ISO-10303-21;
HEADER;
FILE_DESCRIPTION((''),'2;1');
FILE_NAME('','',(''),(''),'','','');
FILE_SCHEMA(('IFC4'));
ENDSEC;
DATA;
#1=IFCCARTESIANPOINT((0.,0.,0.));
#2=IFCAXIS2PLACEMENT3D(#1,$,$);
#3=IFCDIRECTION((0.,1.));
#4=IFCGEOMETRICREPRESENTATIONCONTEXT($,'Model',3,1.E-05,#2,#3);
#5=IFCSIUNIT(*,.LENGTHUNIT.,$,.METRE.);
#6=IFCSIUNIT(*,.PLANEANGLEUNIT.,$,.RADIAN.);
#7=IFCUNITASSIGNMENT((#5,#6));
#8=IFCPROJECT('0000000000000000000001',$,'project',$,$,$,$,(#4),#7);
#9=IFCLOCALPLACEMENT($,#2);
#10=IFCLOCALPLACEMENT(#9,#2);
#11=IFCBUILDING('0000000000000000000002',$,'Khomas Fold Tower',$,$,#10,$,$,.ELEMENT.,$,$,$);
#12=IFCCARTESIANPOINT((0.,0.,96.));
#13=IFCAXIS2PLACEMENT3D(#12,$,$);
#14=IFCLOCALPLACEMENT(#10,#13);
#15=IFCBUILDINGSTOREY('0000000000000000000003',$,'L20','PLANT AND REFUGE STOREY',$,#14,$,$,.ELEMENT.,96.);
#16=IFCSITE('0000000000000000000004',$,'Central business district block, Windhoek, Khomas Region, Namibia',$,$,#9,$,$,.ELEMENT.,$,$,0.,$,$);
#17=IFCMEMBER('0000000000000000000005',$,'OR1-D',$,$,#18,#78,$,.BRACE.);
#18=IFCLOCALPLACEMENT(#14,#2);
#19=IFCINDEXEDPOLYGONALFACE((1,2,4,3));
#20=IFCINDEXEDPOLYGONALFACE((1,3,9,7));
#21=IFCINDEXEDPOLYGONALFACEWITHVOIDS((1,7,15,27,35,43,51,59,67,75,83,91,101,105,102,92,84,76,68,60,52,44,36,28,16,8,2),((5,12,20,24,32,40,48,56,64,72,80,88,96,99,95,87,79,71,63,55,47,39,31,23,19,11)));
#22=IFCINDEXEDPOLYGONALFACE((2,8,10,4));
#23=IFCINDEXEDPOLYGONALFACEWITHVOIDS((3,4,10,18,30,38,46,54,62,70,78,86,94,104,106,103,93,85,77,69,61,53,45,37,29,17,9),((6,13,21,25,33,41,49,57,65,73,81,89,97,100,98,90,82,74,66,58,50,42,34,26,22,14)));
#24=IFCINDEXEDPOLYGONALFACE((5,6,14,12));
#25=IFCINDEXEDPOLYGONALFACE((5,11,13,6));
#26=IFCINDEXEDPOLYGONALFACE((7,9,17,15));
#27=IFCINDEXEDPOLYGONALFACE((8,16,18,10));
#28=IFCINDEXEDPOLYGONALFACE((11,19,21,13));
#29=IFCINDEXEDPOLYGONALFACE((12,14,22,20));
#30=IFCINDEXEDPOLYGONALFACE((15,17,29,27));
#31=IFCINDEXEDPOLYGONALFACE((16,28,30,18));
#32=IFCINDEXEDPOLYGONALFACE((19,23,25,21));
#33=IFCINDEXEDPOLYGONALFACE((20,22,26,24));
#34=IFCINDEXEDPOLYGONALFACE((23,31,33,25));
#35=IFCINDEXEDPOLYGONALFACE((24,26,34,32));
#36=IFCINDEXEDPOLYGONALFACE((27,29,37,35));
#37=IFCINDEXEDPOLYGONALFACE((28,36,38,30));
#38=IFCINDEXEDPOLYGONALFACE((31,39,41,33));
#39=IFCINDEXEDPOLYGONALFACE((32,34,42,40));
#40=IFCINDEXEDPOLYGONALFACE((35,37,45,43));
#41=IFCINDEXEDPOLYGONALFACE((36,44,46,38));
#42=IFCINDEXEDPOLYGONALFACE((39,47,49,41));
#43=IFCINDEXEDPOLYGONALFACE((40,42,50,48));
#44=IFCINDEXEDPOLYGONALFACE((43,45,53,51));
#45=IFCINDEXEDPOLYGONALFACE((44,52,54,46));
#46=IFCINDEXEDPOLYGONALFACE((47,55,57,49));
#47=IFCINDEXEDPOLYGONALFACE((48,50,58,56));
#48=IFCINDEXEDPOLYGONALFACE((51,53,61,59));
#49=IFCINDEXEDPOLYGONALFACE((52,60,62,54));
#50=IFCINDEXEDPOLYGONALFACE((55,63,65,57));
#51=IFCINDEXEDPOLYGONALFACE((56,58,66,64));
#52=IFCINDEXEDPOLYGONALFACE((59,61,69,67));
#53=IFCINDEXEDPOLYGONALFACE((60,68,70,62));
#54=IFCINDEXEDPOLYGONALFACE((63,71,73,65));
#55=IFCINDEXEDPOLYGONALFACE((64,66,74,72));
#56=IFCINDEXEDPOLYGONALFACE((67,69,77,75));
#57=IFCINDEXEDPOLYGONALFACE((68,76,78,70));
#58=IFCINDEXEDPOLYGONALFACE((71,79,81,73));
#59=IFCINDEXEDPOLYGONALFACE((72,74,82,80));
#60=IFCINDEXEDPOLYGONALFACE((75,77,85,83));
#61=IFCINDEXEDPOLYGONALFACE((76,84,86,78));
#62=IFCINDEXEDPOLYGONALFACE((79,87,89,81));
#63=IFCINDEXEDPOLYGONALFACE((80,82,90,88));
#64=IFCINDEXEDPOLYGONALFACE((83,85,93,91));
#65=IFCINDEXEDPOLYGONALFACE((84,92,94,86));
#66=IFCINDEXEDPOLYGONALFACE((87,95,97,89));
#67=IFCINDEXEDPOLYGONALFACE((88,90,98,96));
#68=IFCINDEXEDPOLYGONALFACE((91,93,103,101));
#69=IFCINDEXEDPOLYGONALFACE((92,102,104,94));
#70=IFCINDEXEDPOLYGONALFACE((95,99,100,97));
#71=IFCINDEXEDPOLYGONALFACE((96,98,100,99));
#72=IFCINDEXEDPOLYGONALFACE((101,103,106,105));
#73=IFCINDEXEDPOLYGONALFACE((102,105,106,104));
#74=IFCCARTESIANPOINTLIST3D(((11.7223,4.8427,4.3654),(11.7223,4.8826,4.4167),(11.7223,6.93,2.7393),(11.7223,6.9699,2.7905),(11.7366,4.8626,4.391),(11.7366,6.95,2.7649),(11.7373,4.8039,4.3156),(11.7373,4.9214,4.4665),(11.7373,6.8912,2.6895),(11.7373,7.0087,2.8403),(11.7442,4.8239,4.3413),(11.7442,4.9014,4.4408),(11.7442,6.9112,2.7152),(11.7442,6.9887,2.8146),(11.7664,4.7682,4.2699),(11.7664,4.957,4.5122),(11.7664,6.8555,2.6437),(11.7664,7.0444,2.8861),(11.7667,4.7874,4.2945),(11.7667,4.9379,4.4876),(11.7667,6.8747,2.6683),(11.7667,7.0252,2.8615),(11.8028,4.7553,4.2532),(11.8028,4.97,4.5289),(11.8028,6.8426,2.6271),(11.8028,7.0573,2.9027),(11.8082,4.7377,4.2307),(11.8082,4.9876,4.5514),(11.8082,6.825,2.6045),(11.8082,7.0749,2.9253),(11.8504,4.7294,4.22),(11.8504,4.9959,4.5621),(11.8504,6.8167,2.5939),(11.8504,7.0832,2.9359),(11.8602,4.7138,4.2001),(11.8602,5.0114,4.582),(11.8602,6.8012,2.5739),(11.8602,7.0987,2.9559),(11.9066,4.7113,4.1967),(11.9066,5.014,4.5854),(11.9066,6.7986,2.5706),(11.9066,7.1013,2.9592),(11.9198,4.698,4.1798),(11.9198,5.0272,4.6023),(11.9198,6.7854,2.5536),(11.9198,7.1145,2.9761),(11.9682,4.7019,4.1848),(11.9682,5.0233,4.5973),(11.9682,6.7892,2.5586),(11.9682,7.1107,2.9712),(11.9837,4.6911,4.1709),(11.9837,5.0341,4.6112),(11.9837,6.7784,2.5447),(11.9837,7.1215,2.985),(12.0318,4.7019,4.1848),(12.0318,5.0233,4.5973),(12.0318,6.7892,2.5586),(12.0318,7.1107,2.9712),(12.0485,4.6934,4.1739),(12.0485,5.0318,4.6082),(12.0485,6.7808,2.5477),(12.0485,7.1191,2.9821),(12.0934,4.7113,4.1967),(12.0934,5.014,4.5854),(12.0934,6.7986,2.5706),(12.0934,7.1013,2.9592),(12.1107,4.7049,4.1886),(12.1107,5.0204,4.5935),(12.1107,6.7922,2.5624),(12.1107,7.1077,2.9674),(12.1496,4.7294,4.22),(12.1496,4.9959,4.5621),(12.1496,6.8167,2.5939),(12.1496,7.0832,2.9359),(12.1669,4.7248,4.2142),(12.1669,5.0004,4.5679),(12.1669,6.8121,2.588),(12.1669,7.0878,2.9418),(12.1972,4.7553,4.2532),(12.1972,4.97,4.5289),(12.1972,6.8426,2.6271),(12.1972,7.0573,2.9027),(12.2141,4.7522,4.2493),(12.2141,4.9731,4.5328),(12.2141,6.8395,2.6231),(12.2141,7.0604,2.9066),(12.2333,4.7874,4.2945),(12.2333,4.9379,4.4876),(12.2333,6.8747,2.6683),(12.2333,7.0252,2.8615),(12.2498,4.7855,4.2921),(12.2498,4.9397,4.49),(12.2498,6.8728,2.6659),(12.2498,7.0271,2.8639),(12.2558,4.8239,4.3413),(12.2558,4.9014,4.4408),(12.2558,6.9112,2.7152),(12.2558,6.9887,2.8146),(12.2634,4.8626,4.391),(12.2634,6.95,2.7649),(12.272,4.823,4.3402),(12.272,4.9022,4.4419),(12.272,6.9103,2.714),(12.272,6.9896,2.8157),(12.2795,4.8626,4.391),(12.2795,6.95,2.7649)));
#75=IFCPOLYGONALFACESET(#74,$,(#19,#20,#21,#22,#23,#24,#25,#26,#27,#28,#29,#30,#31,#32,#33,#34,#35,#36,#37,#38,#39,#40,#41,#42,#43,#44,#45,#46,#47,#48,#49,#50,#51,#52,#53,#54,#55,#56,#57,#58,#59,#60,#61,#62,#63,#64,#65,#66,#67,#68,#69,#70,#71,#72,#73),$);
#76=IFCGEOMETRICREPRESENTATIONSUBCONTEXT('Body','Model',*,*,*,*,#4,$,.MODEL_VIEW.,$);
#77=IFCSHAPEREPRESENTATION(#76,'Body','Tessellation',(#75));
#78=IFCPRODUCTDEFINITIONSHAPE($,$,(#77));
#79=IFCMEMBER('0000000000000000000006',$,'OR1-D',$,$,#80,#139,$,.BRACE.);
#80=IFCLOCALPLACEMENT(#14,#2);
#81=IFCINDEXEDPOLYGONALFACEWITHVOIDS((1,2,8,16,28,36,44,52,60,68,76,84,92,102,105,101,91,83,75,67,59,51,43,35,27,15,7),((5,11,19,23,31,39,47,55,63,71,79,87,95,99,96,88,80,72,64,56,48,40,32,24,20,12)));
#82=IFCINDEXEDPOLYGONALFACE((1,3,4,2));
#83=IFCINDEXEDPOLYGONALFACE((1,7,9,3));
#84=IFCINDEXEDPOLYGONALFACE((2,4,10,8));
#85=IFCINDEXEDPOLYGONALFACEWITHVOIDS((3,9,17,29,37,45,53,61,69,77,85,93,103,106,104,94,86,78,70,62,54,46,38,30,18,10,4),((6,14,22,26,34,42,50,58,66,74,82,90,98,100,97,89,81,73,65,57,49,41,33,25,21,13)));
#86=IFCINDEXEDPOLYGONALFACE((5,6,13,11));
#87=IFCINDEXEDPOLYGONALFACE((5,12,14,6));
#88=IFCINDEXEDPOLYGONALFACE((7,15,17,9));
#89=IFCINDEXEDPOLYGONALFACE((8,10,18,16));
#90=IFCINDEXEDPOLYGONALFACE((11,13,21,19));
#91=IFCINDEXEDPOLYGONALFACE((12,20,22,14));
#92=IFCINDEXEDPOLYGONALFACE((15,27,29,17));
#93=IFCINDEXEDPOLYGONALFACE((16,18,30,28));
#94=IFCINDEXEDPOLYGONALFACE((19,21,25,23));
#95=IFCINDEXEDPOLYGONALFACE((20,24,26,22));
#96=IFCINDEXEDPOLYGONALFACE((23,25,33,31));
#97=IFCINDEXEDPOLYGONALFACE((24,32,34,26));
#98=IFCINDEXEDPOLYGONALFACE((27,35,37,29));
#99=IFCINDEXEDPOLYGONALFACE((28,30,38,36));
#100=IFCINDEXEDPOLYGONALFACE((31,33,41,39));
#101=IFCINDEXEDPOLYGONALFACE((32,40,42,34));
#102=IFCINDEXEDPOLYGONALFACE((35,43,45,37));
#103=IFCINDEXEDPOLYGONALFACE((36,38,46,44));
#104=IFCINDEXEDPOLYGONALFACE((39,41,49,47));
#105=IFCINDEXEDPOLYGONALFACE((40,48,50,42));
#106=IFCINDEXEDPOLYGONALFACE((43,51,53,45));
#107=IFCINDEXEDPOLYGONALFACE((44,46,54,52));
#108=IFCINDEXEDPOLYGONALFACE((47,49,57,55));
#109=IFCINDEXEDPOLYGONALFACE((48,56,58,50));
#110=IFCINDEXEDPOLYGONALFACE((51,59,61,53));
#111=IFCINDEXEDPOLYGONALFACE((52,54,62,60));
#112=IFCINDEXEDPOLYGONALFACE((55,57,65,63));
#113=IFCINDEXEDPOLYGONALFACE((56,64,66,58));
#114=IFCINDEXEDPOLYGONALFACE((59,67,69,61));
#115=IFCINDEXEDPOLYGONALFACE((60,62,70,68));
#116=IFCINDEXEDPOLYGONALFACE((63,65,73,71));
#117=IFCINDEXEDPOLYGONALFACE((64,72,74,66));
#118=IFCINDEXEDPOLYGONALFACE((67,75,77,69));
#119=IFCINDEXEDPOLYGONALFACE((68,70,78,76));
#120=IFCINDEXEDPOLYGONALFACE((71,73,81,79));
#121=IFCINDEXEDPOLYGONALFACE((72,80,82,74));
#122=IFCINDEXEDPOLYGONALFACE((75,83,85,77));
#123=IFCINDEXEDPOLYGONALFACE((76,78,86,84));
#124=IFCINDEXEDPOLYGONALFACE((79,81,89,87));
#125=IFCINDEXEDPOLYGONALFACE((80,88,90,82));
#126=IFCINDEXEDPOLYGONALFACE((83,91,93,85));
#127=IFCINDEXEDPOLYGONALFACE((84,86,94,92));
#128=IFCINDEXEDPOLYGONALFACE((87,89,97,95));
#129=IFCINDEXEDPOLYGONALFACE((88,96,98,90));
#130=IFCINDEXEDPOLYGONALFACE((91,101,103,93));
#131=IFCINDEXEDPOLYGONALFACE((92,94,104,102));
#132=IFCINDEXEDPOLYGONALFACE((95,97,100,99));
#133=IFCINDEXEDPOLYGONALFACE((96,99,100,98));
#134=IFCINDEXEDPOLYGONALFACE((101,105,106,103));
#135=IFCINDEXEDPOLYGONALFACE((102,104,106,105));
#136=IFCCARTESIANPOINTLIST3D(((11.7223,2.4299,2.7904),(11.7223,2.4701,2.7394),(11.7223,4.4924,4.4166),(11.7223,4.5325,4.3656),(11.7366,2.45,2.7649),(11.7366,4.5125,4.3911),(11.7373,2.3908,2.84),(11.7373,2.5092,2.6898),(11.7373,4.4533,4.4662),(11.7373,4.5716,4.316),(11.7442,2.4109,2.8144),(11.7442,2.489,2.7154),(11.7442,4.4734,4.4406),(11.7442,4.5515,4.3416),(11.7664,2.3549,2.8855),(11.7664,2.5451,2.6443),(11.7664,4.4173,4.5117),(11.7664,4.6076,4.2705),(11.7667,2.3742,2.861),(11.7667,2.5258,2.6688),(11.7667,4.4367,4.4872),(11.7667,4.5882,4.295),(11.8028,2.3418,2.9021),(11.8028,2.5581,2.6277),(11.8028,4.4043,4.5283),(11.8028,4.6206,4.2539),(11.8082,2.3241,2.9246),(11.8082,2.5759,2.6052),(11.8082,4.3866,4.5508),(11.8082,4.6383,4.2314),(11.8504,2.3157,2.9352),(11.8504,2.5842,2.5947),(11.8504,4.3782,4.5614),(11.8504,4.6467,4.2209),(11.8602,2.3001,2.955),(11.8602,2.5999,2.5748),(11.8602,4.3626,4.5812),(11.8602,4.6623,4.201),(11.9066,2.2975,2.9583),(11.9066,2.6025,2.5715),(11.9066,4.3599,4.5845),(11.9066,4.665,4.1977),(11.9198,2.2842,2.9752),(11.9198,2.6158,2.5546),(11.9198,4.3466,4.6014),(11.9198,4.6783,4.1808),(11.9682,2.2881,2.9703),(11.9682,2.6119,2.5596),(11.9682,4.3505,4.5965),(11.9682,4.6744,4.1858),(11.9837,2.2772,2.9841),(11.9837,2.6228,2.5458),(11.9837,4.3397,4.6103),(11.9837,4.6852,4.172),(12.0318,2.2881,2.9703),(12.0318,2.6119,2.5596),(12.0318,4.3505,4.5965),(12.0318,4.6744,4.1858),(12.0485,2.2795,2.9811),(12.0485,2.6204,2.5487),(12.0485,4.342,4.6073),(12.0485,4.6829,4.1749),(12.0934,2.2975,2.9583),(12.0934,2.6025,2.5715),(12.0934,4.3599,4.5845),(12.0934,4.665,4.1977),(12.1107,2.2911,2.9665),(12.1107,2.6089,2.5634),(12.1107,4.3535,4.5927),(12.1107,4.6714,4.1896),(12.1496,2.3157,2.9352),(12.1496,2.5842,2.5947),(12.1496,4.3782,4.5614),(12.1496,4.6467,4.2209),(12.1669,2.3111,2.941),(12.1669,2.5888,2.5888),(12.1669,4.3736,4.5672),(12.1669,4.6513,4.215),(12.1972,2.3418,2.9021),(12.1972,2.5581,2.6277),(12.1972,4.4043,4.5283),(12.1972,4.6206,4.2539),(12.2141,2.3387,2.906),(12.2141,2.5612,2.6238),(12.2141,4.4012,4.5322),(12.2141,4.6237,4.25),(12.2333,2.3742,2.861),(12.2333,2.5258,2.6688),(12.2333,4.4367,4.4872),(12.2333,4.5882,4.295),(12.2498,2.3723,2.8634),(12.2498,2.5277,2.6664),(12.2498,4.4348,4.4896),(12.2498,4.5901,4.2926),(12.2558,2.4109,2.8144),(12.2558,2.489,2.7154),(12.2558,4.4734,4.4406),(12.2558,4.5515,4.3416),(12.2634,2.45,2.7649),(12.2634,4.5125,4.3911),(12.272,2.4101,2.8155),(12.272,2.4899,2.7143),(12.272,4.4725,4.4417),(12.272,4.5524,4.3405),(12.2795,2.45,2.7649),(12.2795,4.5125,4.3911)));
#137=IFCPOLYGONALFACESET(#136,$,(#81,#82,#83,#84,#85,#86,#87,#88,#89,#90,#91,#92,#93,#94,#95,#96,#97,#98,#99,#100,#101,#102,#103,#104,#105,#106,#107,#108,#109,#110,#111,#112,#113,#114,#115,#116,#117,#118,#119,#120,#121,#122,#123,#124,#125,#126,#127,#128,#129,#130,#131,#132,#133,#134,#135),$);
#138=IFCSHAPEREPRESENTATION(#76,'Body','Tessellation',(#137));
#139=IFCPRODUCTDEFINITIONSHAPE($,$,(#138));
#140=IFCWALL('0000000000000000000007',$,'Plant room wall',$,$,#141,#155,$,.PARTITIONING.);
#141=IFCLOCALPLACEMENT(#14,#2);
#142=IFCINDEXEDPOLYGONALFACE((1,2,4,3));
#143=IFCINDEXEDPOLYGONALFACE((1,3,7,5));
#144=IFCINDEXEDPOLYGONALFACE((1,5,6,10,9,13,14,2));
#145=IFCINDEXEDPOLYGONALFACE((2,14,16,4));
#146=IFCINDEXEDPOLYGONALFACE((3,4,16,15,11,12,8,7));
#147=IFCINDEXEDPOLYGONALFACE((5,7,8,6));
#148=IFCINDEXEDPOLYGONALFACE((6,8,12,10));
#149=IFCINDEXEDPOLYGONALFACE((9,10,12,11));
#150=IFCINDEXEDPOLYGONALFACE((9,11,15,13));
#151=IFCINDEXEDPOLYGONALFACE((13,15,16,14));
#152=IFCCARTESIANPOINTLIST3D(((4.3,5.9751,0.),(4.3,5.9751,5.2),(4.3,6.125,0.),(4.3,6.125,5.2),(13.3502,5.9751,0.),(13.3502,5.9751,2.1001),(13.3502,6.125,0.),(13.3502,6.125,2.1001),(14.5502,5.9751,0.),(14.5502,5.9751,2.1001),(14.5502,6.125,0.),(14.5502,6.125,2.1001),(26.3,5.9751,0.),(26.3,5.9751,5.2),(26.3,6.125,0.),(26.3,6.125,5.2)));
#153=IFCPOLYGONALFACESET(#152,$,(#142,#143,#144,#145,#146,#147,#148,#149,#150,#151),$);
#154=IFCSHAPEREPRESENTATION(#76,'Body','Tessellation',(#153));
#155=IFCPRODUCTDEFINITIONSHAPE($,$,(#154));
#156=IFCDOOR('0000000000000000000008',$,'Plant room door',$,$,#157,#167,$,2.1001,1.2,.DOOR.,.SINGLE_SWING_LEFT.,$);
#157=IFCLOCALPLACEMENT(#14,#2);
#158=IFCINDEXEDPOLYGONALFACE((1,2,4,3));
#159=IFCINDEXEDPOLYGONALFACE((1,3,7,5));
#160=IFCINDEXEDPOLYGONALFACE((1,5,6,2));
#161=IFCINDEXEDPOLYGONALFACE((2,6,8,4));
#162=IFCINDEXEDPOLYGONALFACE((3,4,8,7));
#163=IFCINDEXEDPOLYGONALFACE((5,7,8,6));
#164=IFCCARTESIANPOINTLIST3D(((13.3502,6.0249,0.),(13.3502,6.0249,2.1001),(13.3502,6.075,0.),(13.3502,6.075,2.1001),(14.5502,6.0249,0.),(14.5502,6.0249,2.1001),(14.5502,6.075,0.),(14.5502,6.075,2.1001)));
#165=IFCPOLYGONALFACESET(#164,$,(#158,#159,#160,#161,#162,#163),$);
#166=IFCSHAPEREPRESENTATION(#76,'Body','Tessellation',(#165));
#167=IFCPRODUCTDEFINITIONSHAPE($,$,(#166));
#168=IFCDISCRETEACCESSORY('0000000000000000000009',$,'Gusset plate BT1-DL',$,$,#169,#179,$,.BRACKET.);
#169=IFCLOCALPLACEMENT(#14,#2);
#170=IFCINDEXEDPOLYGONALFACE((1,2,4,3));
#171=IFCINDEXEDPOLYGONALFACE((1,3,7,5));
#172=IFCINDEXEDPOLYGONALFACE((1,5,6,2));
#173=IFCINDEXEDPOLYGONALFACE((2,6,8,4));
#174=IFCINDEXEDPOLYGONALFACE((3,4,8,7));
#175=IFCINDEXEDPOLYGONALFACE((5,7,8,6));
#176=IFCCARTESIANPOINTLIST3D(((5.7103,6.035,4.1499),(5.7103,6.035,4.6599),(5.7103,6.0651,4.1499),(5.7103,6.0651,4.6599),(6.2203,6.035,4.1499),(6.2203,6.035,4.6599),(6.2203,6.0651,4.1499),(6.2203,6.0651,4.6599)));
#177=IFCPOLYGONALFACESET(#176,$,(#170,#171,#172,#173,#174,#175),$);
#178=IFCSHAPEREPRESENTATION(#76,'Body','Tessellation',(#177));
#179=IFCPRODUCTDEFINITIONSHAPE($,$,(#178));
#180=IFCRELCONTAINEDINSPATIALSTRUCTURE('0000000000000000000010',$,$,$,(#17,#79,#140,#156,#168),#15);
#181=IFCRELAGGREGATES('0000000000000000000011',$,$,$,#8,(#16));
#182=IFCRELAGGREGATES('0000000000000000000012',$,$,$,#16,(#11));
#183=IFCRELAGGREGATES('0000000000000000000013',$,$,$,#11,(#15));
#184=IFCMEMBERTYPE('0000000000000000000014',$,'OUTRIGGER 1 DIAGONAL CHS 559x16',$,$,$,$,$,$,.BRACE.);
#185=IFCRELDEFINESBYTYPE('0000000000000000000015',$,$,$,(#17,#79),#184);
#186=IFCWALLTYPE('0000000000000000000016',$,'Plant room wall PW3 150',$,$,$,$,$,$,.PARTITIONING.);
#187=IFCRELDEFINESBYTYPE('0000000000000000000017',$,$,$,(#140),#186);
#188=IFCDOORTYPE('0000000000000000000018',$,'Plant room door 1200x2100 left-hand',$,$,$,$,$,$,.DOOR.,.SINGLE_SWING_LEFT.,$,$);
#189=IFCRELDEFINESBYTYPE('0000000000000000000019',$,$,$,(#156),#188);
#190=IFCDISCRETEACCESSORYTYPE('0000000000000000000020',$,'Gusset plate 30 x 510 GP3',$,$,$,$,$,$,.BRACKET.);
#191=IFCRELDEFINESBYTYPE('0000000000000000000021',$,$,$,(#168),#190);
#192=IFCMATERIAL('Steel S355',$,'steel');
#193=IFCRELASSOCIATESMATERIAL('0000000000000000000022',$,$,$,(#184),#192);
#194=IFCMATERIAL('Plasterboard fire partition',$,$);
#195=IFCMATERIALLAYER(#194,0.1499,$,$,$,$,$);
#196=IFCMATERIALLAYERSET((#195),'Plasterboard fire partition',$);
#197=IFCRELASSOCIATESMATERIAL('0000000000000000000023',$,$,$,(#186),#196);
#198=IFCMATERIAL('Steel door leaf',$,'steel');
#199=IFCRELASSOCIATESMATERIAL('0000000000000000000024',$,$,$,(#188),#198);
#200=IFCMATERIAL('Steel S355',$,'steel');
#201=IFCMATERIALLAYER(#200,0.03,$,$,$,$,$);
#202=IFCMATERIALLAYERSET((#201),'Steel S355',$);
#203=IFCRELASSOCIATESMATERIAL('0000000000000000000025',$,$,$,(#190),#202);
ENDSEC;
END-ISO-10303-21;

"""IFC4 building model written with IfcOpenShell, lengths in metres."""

from ifc_helpers import new_model, si_unit, direction, frame, frame_2d, origin, origin_2d, place, context, subcontext, project, spatial, rectangle, hollow_circle, extrude, source, transform, mapped, material, layer, layer_set, material_profile, profile_set, type_object, element, fill, save


model = new_model("IFC4")

# Units and contexts
model_context = context("Model", 3, precision=1e-05, world=origin(), true_north=direction((0.0, 1.0)))
body_context = subcontext(model_context, "Body", "Model", "MODEL_VIEW")
ifc_project = project(units=[si_unit("LENGTHUNIT", "METRE"), si_unit("PLANEANGLEUNIT", "RADIAN")], contexts=[model_context])

# Site, building, storey
site_placement = place(None, origin())
site = spatial("IfcSite", under=ifc_project, at=site_placement, Name="Central business district block, Windhoek, Khomas Region, Namibia", CompositionType="ELEMENT", RefElevation=0.0)
building_placement = place(site_placement, origin())
building = spatial("IfcBuilding", under=site, at=building_placement, Name="Khomas Fold Tower", CompositionType="ELEMENT")
storey_placement = place(building_placement, frame((0.0, 0.0, 96.0)))
storey = spatial("IfcBuildingStorey", under=building, at=storey_placement, Name="L20", Description="PLANT AND REFUGE STOREY", CompositionType="ELEMENT", Elevation=96.0)

# Members
ifc_material_1 = material(Name="Steel S355", Category="steel")
ifc_material_profile_1 = material_profile(ifc_material_1, hollow_circle(Radius=0.2795, WallThickness=0.0161, at=origin_2d()), Name="CHS 559x16")
ifc_profile_set_1 = profile_set([ifc_material_profile_1], Name="Steel S355")
member_type_1 = type_object("IfcMemberType", Name="OUTRIGGER 1 DIAGONAL CHS 559x16", PredefinedType="BRACE", material=ifc_profile_set_1)
shared_shape_1 = source(origin(), body_context, "Body", "SweptSolid", [
    extrude(hollow_circle(Radius=0.2795, WallThickness=0.0161, at=origin_2d()), origin(), (0.0, 0.0, 1.0), 2.646),
])
member_1_placement = place(storey_placement, frame((12.0, 6.95, 2.7649), z_axis=(0.0, -0.78886, 0.614573), x_axis=(1.0, 0.0, 0.0)))
element("IfcMember", 1, at=member_1_placement, inside=storey, type_object=member_type_1, Name="OR1-D", PredefinedType="BRACE", context=body_context, shape_type="MappedRepresentation", body=[
    mapped(shared_shape_1, transform((0.0, 0.0, 0.0))),
])
shared_shape_2 = source(origin(), body_context, "Body", "SweptSolid", [
    extrude(hollow_circle(Radius=0.2795, WallThickness=0.0161, at=origin_2d()), origin(), (0.0, 0.0, 1.0), 2.6265),
])
member_2_placement = place(storey_placement, frame((12.0, 4.5125, 4.3911), z_axis=(0.0, -0.785266, -0.619159), x_axis=(1.0, 0.0, 0.0)))
element("IfcMember", 2, at=member_2_placement, inside=storey, type_object=member_type_1, Name="OR1-D", PredefinedType="BRACE", context=body_context, shape_type="MappedRepresentation", body=[
    mapped(shared_shape_2, transform((0.0, 0.0, 0.0))),
])

# Wall, opening, door
ifc_material_2 = material(Name="Plasterboard fire partition")
ifc_layer_1 = layer(ifc_material_2, 0.1499)
ifc_layer_set_1 = layer_set([ifc_layer_1], Name="Plasterboard fire partition")
wall_type = type_object("IfcWallType", Name="Plant room wall PW3 150", PredefinedType="PARTITIONING", material=ifc_layer_set_1)
shared_shape_3 = source(origin(), body_context, "Body", "SweptSolid", [
    extrude(rectangle(XDim=22.0, YDim=0.1499, at=frame_2d((11.0, 0.0))), origin(), (0.0, 0.0, 1.0), 5.2),
])
wall_placement = place(storey_placement, frame((4.3, 6.05, 0.0), z_axis=(0.0, 0.0, 1.0), x_axis=(1.0, 0.0, 0.0)))
wall = element("IfcWall", 3, at=wall_placement, inside=storey, type_object=wall_type, Name="Plant room wall", PredefinedType="PARTITIONING", context=body_context, shape_type="MappedRepresentation", body=[
    mapped(shared_shape_3, transform((0.0, 0.0, 0.0))),
])
shared_shape_4 = source(origin(), body_context, "Body", "SweptSolid", [
    extrude(rectangle(XDim=1.2, YDim=2.1001, at=frame_2d((0.6001, 1.05))), frame((0.0, 0.085, 0.0), z_axis=(0.0, -1.0, 0.0), x_axis=(1.0, 0.0, 0.0)), (0.0, 0.0, 1.0), 0.1699),
])
opening_placement = place(wall_placement, frame((9.05, 0.0, 0.0)))
opening = element("IfcOpeningElement", 4, at=opening_placement, cuts=wall, PredefinedType="OPENING", context=body_context, shape_type="MappedRepresentation", body=[
    mapped(shared_shape_4, transform((0.0, 0.0, 0.0))),
])
ifc_material_3 = material(Name="Steel door leaf", Category="steel")
door_type = type_object("IfcDoorType", Name="Plant room door 1200x2100 left-hand", OperationType="SINGLE_SWING_LEFT", PredefinedType="DOOR", material=ifc_material_3)
shared_shape_5 = source(origin(), body_context, "Body", "SweptSolid", [
    extrude(rectangle(XDim=1.2, YDim=2.1001, at=frame_2d((0.6001, 1.05))), frame((0.0, 0.0249, 0.0), z_axis=(0.0, -1.0, 0.0), x_axis=(1.0, 0.0, 0.0)), (0.0, 0.0, 1.0), 0.05),
])
door_placement = place(opening_placement, origin())
door = element("IfcDoor", 5, at=door_placement, inside=storey, type_object=door_type, Name="Plant room door", OperationType="SINGLE_SWING_LEFT", OverallHeight=2.1001, OverallWidth=1.2, PredefinedType="DOOR", context=body_context, shape_type="MappedRepresentation", body=[
    mapped(shared_shape_5, transform((0.0, 0.0, 0.0))),
])
fill(opening, door)

# Discrete accessory
ifc_material_4 = material(Name="Steel S355", Category="steel")
ifc_layer_2 = layer(ifc_material_4, 0.03)
ifc_layer_set_2 = layer_set([ifc_layer_2], Name="Steel S355")
discrete_accessory_type_1 = type_object("IfcDiscreteAccessoryType", Name="Gusset plate 30 x 510 GP3", PredefinedType="BRACKET", material=ifc_layer_set_2)
shared_shape_6 = source(origin(), body_context, "Body", "SweptSolid", [
    extrude(rectangle(XDim=0.51, YDim=0.03, at=origin_2d()), origin(), (0.0, 0.0, 1.0), 0.51),
])
for number, where, z_axis, x_axis, name in (
    (6, (5.9653, 6.05, 4.1499), (0.0, 0.0, 1.0), (1.0, 0.0, 0.0), "Gusset plate BT1-DL"),
):
    element("IfcDiscreteAccessory", number, at=place(storey_placement, frame(where, z_axis=z_axis, x_axis=x_axis)), inside=storey, type_object=discrete_accessory_type_1, Name=name, PredefinedType="BRACKET", context=body_context, shape_type="MappedRepresentation", body=[
        mapped(shared_shape_6, transform((0.0, 0.0, 0.0))),
    ])

save(model, "model.ifc")
